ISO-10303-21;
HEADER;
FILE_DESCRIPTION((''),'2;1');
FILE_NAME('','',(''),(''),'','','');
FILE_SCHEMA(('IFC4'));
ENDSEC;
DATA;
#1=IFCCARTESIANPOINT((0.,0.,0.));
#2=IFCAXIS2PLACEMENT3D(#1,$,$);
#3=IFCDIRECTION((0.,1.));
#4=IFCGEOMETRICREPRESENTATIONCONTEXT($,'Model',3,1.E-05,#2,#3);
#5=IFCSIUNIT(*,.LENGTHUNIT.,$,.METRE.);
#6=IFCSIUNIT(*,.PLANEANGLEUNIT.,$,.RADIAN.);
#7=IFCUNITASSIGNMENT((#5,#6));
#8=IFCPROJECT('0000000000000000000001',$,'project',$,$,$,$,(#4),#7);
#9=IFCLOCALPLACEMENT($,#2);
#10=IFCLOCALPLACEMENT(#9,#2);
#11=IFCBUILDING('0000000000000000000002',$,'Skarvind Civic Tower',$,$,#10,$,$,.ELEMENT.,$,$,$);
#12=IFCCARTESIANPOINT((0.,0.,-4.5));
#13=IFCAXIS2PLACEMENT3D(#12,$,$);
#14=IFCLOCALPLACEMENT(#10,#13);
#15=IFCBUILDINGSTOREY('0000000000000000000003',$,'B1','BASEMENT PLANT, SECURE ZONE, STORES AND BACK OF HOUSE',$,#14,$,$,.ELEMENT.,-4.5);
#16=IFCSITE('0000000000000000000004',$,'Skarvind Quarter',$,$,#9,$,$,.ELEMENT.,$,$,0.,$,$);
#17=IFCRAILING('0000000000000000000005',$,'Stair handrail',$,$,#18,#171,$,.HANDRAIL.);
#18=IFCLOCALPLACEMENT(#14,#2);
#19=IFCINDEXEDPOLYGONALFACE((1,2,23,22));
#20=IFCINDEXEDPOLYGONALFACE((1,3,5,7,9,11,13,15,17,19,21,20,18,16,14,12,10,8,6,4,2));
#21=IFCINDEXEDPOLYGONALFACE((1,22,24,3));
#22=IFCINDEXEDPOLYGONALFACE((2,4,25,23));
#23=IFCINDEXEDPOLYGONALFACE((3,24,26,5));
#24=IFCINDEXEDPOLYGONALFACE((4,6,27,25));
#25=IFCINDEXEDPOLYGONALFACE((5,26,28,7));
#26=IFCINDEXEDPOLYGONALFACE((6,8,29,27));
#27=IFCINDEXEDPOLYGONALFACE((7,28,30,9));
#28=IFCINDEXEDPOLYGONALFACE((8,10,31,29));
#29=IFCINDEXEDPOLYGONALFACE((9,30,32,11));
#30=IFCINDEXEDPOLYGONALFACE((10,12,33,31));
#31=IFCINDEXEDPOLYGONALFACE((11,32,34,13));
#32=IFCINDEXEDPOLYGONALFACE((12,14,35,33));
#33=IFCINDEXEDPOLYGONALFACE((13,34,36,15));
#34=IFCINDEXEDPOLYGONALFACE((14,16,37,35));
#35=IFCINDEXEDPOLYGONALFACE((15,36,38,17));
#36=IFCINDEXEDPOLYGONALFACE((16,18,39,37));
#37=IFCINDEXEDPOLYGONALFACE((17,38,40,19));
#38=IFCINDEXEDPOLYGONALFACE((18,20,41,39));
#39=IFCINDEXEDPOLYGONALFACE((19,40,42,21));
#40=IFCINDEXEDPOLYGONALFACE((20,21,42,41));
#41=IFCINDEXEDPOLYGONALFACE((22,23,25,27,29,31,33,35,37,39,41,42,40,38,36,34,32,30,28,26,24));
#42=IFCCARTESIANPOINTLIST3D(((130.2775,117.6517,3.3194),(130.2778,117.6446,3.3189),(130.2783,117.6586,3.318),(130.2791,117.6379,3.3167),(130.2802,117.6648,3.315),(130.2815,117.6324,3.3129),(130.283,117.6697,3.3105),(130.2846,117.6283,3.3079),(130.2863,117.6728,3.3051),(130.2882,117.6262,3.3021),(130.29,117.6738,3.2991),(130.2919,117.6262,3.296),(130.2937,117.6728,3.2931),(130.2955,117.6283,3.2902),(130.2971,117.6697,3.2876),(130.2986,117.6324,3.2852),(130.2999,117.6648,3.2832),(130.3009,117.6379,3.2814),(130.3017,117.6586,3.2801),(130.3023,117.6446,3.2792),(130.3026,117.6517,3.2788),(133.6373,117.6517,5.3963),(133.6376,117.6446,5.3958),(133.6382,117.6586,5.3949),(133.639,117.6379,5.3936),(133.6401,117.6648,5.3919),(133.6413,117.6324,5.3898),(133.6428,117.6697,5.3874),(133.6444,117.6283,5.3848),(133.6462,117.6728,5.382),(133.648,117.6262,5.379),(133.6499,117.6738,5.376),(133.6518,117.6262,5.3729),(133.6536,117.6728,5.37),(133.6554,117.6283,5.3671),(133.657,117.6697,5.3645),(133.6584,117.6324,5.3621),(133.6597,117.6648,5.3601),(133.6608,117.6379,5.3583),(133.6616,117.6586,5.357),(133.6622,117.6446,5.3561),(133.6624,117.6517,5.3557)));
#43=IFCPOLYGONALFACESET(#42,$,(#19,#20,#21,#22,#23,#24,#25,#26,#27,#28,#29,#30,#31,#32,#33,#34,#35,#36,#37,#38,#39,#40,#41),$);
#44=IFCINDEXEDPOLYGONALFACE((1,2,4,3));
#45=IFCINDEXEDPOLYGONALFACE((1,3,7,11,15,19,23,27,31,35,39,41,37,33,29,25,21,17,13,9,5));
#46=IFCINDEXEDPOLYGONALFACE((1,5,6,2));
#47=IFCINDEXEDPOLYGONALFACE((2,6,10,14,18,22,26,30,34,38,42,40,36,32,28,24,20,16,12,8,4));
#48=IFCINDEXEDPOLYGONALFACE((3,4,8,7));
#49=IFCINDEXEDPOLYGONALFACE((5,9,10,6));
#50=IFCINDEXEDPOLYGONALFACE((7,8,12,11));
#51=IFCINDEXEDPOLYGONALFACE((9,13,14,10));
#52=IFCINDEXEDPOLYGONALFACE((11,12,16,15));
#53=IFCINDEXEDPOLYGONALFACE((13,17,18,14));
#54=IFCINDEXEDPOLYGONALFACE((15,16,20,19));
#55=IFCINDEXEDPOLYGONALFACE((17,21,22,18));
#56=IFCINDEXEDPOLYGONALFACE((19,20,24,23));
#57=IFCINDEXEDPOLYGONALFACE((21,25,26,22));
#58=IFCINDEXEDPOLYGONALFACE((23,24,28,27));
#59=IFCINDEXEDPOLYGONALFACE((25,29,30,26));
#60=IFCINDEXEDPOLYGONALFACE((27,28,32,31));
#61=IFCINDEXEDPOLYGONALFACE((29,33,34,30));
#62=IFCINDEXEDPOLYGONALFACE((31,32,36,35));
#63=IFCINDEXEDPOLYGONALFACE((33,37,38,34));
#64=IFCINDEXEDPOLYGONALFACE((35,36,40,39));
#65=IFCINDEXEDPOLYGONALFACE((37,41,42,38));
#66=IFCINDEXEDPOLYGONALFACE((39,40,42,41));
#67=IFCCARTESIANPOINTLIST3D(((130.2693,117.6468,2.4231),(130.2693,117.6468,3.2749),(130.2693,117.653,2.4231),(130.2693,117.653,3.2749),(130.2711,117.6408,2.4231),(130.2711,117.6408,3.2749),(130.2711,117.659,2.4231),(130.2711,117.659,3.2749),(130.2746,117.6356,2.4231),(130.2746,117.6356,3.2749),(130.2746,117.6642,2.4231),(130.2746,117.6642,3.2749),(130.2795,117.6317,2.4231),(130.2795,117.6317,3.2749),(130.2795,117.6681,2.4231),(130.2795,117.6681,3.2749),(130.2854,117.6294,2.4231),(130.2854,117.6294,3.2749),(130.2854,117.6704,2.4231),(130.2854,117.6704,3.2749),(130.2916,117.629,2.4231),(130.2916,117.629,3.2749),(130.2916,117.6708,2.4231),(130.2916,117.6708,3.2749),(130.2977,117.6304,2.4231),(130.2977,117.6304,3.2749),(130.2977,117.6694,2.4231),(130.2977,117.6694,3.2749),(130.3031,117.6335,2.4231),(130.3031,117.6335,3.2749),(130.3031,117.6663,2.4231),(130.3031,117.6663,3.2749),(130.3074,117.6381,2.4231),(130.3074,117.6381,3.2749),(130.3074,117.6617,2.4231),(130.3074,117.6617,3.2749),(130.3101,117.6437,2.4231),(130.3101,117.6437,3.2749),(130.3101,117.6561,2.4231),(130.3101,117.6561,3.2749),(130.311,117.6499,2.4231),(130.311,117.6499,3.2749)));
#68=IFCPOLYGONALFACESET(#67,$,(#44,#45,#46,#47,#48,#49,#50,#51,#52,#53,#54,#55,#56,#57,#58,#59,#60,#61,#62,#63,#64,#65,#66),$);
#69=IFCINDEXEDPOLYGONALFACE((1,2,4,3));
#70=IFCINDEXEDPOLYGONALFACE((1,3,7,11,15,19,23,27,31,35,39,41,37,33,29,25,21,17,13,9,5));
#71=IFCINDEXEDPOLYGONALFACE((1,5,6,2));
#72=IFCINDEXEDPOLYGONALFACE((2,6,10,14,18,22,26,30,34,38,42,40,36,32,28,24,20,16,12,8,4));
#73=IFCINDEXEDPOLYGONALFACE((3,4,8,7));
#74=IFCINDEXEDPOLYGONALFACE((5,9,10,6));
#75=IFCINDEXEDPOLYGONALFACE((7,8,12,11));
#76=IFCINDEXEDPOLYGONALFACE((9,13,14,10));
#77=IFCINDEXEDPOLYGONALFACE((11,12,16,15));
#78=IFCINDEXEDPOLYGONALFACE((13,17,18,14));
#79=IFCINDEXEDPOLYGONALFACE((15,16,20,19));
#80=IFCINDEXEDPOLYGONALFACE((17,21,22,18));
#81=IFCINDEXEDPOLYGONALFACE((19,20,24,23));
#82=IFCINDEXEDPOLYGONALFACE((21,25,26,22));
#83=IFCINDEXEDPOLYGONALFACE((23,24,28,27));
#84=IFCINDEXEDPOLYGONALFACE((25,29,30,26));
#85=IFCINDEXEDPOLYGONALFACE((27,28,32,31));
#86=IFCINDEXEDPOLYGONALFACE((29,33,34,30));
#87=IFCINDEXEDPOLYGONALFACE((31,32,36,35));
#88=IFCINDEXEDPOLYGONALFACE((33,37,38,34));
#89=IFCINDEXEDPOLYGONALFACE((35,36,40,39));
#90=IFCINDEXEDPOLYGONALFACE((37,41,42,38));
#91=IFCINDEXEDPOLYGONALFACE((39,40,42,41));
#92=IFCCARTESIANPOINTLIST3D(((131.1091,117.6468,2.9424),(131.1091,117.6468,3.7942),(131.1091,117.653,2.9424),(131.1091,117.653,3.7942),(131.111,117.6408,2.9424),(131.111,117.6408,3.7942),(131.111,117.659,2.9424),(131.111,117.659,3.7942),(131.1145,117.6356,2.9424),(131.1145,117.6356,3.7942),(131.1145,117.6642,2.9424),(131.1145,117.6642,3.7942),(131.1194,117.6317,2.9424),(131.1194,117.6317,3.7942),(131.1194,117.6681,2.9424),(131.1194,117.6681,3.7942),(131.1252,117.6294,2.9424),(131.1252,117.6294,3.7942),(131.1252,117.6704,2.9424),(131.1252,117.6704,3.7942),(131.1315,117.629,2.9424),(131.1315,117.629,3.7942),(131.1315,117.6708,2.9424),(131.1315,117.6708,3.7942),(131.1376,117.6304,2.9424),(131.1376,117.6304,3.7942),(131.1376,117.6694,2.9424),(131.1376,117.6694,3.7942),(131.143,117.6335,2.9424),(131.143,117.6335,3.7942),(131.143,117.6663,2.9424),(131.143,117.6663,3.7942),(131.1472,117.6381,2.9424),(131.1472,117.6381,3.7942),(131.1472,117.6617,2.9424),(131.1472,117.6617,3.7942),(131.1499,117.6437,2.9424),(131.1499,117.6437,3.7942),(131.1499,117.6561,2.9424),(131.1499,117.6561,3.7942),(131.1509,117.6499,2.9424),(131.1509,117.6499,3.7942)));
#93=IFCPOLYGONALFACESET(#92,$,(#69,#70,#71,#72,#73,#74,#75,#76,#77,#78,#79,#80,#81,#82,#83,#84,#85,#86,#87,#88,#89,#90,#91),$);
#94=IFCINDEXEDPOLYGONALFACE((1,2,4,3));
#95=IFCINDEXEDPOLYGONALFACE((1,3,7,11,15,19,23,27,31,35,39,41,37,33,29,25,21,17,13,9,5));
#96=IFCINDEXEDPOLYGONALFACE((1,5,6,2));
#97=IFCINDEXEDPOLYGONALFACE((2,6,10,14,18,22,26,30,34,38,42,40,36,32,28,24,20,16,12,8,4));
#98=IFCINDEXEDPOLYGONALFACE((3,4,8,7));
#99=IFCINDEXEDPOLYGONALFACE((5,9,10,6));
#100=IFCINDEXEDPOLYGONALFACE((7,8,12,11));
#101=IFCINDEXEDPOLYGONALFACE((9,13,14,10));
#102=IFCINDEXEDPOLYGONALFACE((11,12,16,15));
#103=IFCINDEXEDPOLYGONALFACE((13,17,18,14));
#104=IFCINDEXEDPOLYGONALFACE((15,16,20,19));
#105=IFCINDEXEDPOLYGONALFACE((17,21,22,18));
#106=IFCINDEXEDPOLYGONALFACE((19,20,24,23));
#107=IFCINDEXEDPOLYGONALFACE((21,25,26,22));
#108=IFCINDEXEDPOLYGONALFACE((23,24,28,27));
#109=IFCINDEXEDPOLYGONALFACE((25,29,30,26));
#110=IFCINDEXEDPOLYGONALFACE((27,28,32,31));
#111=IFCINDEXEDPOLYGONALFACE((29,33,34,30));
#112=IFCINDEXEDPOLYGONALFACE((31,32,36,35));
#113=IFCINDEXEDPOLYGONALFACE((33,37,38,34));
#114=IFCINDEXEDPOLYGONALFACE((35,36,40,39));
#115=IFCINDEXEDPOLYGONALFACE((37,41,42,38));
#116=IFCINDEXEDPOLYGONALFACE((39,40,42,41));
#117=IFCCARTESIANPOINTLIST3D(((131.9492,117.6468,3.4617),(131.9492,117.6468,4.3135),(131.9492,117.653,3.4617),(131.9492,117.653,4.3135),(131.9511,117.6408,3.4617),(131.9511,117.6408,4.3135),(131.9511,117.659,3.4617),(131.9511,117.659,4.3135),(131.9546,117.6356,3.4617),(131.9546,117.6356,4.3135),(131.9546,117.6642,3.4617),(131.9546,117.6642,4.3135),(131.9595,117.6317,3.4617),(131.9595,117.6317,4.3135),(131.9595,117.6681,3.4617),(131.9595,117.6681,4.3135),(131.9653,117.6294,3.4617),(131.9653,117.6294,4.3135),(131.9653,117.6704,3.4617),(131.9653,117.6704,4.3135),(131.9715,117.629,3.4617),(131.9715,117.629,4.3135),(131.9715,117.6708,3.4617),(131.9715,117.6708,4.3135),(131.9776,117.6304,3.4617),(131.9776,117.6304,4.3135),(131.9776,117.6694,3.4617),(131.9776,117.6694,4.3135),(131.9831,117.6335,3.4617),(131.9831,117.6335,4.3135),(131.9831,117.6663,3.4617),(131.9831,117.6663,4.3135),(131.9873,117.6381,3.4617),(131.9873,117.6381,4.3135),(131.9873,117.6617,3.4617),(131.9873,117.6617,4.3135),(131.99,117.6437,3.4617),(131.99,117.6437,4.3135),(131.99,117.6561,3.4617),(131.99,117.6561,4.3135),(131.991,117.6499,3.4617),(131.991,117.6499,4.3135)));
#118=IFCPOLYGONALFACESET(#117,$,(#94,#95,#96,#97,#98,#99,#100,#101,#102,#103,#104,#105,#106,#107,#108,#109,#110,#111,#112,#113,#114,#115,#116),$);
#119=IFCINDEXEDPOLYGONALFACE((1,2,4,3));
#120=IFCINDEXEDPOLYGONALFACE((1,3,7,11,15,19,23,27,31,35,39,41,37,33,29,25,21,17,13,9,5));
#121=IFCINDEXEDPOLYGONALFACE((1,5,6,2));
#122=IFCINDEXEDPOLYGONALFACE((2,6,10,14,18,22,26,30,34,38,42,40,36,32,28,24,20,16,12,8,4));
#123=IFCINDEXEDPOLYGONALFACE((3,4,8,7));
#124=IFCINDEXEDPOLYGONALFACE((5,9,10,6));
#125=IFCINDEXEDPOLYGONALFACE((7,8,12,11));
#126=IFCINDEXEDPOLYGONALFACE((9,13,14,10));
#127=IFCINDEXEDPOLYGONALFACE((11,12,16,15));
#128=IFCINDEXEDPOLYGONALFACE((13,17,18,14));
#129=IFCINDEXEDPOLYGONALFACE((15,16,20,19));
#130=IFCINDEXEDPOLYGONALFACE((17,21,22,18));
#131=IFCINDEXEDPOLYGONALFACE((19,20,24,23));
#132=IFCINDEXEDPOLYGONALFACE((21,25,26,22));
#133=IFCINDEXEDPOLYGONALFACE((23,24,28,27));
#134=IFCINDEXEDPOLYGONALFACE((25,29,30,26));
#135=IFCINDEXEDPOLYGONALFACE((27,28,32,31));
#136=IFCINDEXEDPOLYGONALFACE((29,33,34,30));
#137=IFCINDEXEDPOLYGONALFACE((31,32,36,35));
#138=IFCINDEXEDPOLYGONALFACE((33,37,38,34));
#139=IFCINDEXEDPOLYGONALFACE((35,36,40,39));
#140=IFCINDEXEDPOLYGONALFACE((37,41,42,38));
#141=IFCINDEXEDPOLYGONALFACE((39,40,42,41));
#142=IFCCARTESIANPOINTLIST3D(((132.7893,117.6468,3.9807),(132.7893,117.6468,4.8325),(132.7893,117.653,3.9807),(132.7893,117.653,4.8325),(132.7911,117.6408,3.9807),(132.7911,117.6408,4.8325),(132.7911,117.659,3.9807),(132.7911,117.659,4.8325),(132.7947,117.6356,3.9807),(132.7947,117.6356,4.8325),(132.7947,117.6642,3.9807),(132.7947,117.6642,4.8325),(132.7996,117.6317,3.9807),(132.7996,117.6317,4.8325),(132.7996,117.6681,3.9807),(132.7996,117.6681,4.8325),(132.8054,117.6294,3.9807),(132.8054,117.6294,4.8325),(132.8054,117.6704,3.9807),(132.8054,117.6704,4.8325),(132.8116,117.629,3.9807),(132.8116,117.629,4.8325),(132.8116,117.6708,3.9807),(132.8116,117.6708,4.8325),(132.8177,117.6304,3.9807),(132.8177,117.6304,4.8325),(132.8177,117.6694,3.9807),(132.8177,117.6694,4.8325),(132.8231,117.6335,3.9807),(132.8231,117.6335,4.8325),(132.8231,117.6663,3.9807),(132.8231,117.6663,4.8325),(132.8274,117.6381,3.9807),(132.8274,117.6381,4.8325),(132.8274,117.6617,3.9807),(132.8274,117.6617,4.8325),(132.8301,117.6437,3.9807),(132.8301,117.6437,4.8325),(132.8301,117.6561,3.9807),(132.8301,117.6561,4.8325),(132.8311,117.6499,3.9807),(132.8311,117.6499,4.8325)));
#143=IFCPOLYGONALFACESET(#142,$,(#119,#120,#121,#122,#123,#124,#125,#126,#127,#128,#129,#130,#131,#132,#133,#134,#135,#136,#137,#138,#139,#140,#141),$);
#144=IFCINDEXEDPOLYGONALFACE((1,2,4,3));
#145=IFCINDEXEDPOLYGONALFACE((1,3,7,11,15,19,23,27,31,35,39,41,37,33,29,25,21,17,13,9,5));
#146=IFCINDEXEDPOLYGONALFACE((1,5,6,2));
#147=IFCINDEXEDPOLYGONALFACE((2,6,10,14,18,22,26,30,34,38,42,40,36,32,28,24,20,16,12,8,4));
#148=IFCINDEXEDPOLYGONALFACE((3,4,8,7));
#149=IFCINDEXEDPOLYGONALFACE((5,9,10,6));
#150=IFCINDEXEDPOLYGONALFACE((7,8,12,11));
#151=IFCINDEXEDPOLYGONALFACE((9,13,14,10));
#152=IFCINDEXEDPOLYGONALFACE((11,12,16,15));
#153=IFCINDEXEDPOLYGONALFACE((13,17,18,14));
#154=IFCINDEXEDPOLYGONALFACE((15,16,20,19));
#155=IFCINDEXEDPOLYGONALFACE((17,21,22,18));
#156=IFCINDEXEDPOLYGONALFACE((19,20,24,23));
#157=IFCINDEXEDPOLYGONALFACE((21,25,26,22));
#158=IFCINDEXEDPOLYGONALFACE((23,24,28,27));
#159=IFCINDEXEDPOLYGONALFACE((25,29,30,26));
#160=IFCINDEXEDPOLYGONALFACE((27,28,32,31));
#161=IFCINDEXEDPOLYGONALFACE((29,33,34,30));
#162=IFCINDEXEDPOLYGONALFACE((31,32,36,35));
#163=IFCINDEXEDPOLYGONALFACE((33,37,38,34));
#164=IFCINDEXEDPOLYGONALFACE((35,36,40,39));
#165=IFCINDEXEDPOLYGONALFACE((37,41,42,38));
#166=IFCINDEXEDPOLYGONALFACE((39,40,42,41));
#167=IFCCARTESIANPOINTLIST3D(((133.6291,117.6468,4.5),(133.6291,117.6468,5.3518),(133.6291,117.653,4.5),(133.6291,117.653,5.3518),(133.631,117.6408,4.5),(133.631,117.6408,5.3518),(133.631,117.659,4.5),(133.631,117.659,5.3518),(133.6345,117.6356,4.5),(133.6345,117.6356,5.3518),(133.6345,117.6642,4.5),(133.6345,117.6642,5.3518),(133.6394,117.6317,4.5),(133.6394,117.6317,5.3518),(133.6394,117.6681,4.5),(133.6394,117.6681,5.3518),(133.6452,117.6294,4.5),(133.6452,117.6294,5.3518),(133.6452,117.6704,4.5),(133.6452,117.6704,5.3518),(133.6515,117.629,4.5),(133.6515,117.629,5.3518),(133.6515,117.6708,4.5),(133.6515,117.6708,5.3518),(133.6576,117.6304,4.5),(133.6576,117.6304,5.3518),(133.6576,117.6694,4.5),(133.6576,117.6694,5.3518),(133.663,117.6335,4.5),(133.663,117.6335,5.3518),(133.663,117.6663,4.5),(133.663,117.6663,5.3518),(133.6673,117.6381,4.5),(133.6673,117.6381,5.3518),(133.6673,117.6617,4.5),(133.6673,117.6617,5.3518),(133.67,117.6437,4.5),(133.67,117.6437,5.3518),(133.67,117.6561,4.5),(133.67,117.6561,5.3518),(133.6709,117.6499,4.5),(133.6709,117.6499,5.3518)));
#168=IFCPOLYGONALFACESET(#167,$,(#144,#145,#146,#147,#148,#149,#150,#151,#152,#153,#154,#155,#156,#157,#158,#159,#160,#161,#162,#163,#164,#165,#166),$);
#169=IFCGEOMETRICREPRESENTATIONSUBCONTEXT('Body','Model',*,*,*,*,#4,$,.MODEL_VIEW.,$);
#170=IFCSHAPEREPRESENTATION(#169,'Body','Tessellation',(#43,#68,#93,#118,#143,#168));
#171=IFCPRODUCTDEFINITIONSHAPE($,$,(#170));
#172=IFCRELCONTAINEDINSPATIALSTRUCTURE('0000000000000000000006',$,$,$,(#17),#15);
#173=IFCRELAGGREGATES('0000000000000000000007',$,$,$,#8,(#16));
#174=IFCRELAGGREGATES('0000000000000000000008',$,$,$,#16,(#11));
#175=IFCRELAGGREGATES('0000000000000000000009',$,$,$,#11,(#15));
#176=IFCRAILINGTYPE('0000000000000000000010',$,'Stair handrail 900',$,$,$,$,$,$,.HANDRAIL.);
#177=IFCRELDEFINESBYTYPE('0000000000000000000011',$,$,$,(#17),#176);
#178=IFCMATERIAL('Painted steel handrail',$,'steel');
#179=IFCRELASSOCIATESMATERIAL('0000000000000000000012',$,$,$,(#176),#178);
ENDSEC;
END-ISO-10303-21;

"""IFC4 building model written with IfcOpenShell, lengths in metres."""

from ifc_helpers import new_model, si_unit, direction, frame, origin, origin_2d, place, context, subcontext, project, spatial, circle, extrude, material, type_object, element, save


model = new_model("IFC4")

# Units and contexts
model_context = context("Model", 3, precision=1e-05, world=origin(), true_north=direction((0.0, 1.0)))
body_context = subcontext(model_context, "Body", "Model", "MODEL_VIEW")
ifc_project = project(units=[si_unit("LENGTHUNIT", "METRE"), si_unit("PLANEANGLEUNIT", "RADIAN")], contexts=[model_context])

# Site, building, storey
site_placement = place(None, origin())
site = spatial("IfcSite", under=ifc_project, at=site_placement, Name="Skarvind Quarter", CompositionType="ELEMENT", RefElevation=0.0)
building_placement = place(site_placement, origin())
building = spatial("IfcBuilding", under=site, at=building_placement, Name="Skarvind Civic Tower", CompositionType="ELEMENT")
storey_placement = place(building_placement, frame((0.0, 0.0, -4.5)))
storey = spatial("IfcBuildingStorey", under=building, at=storey_placement, Name="B1", Description="BASEMENT PLANT, SECURE ZONE, STORES AND BACK OF HOUSE", CompositionType="ELEMENT", Elevation=-4.5)

# Railing
ifc_material_1 = material(Name="Painted steel handrail", Category="steel")
railing_type = type_object("IfcRailingType", Name="Stair handrail 900", PredefinedType="HANDRAIL", material=ifc_material_1)
railing_1_placement = place(storey_placement, frame((130.29, 117.6499, 2.4231)))
element("IfcRailing", 1, at=railing_1_placement, inside=storey, type_object=railing_type, Name="Stair handrail", PredefinedType="HANDRAIL", context=body_context, shape_type="SweptSolid", body=[
    extrude(circle(Radius=0.0239, at=origin_2d()), frame((0.0, 0.0, 0.876), z_axis=(0.850606, 0.0, 0.525803), x_axis=(0.0, 1.0, 0.0)), (0.0, 0.0, 1.0), 3.95),
    extrude(circle(Radius=0.021, at=origin_2d()), origin(), (0.0, 0.0, 1.0), 0.8518),
    extrude(circle(Radius=0.021, at=origin_2d()), frame((0.8398, 0.0, 0.5193)), (0.0, 0.0, 1.0), 0.8518),
    extrude(circle(Radius=0.021, at=origin_2d()), frame((1.6799, 0.0, 1.0386)), (0.0, 0.0, 1.0), 0.8518),
    extrude(circle(Radius=0.021, at=origin_2d()), frame((2.52, 0.0, 1.5576)), (0.0, 0.0, 1.0), 0.8518),
    extrude(circle(Radius=0.021, at=origin_2d()), frame((3.3599, 0.0, 2.0769)), (0.0, 0.0, 1.0), 0.8518),
])

save(model, "model.ifc")
